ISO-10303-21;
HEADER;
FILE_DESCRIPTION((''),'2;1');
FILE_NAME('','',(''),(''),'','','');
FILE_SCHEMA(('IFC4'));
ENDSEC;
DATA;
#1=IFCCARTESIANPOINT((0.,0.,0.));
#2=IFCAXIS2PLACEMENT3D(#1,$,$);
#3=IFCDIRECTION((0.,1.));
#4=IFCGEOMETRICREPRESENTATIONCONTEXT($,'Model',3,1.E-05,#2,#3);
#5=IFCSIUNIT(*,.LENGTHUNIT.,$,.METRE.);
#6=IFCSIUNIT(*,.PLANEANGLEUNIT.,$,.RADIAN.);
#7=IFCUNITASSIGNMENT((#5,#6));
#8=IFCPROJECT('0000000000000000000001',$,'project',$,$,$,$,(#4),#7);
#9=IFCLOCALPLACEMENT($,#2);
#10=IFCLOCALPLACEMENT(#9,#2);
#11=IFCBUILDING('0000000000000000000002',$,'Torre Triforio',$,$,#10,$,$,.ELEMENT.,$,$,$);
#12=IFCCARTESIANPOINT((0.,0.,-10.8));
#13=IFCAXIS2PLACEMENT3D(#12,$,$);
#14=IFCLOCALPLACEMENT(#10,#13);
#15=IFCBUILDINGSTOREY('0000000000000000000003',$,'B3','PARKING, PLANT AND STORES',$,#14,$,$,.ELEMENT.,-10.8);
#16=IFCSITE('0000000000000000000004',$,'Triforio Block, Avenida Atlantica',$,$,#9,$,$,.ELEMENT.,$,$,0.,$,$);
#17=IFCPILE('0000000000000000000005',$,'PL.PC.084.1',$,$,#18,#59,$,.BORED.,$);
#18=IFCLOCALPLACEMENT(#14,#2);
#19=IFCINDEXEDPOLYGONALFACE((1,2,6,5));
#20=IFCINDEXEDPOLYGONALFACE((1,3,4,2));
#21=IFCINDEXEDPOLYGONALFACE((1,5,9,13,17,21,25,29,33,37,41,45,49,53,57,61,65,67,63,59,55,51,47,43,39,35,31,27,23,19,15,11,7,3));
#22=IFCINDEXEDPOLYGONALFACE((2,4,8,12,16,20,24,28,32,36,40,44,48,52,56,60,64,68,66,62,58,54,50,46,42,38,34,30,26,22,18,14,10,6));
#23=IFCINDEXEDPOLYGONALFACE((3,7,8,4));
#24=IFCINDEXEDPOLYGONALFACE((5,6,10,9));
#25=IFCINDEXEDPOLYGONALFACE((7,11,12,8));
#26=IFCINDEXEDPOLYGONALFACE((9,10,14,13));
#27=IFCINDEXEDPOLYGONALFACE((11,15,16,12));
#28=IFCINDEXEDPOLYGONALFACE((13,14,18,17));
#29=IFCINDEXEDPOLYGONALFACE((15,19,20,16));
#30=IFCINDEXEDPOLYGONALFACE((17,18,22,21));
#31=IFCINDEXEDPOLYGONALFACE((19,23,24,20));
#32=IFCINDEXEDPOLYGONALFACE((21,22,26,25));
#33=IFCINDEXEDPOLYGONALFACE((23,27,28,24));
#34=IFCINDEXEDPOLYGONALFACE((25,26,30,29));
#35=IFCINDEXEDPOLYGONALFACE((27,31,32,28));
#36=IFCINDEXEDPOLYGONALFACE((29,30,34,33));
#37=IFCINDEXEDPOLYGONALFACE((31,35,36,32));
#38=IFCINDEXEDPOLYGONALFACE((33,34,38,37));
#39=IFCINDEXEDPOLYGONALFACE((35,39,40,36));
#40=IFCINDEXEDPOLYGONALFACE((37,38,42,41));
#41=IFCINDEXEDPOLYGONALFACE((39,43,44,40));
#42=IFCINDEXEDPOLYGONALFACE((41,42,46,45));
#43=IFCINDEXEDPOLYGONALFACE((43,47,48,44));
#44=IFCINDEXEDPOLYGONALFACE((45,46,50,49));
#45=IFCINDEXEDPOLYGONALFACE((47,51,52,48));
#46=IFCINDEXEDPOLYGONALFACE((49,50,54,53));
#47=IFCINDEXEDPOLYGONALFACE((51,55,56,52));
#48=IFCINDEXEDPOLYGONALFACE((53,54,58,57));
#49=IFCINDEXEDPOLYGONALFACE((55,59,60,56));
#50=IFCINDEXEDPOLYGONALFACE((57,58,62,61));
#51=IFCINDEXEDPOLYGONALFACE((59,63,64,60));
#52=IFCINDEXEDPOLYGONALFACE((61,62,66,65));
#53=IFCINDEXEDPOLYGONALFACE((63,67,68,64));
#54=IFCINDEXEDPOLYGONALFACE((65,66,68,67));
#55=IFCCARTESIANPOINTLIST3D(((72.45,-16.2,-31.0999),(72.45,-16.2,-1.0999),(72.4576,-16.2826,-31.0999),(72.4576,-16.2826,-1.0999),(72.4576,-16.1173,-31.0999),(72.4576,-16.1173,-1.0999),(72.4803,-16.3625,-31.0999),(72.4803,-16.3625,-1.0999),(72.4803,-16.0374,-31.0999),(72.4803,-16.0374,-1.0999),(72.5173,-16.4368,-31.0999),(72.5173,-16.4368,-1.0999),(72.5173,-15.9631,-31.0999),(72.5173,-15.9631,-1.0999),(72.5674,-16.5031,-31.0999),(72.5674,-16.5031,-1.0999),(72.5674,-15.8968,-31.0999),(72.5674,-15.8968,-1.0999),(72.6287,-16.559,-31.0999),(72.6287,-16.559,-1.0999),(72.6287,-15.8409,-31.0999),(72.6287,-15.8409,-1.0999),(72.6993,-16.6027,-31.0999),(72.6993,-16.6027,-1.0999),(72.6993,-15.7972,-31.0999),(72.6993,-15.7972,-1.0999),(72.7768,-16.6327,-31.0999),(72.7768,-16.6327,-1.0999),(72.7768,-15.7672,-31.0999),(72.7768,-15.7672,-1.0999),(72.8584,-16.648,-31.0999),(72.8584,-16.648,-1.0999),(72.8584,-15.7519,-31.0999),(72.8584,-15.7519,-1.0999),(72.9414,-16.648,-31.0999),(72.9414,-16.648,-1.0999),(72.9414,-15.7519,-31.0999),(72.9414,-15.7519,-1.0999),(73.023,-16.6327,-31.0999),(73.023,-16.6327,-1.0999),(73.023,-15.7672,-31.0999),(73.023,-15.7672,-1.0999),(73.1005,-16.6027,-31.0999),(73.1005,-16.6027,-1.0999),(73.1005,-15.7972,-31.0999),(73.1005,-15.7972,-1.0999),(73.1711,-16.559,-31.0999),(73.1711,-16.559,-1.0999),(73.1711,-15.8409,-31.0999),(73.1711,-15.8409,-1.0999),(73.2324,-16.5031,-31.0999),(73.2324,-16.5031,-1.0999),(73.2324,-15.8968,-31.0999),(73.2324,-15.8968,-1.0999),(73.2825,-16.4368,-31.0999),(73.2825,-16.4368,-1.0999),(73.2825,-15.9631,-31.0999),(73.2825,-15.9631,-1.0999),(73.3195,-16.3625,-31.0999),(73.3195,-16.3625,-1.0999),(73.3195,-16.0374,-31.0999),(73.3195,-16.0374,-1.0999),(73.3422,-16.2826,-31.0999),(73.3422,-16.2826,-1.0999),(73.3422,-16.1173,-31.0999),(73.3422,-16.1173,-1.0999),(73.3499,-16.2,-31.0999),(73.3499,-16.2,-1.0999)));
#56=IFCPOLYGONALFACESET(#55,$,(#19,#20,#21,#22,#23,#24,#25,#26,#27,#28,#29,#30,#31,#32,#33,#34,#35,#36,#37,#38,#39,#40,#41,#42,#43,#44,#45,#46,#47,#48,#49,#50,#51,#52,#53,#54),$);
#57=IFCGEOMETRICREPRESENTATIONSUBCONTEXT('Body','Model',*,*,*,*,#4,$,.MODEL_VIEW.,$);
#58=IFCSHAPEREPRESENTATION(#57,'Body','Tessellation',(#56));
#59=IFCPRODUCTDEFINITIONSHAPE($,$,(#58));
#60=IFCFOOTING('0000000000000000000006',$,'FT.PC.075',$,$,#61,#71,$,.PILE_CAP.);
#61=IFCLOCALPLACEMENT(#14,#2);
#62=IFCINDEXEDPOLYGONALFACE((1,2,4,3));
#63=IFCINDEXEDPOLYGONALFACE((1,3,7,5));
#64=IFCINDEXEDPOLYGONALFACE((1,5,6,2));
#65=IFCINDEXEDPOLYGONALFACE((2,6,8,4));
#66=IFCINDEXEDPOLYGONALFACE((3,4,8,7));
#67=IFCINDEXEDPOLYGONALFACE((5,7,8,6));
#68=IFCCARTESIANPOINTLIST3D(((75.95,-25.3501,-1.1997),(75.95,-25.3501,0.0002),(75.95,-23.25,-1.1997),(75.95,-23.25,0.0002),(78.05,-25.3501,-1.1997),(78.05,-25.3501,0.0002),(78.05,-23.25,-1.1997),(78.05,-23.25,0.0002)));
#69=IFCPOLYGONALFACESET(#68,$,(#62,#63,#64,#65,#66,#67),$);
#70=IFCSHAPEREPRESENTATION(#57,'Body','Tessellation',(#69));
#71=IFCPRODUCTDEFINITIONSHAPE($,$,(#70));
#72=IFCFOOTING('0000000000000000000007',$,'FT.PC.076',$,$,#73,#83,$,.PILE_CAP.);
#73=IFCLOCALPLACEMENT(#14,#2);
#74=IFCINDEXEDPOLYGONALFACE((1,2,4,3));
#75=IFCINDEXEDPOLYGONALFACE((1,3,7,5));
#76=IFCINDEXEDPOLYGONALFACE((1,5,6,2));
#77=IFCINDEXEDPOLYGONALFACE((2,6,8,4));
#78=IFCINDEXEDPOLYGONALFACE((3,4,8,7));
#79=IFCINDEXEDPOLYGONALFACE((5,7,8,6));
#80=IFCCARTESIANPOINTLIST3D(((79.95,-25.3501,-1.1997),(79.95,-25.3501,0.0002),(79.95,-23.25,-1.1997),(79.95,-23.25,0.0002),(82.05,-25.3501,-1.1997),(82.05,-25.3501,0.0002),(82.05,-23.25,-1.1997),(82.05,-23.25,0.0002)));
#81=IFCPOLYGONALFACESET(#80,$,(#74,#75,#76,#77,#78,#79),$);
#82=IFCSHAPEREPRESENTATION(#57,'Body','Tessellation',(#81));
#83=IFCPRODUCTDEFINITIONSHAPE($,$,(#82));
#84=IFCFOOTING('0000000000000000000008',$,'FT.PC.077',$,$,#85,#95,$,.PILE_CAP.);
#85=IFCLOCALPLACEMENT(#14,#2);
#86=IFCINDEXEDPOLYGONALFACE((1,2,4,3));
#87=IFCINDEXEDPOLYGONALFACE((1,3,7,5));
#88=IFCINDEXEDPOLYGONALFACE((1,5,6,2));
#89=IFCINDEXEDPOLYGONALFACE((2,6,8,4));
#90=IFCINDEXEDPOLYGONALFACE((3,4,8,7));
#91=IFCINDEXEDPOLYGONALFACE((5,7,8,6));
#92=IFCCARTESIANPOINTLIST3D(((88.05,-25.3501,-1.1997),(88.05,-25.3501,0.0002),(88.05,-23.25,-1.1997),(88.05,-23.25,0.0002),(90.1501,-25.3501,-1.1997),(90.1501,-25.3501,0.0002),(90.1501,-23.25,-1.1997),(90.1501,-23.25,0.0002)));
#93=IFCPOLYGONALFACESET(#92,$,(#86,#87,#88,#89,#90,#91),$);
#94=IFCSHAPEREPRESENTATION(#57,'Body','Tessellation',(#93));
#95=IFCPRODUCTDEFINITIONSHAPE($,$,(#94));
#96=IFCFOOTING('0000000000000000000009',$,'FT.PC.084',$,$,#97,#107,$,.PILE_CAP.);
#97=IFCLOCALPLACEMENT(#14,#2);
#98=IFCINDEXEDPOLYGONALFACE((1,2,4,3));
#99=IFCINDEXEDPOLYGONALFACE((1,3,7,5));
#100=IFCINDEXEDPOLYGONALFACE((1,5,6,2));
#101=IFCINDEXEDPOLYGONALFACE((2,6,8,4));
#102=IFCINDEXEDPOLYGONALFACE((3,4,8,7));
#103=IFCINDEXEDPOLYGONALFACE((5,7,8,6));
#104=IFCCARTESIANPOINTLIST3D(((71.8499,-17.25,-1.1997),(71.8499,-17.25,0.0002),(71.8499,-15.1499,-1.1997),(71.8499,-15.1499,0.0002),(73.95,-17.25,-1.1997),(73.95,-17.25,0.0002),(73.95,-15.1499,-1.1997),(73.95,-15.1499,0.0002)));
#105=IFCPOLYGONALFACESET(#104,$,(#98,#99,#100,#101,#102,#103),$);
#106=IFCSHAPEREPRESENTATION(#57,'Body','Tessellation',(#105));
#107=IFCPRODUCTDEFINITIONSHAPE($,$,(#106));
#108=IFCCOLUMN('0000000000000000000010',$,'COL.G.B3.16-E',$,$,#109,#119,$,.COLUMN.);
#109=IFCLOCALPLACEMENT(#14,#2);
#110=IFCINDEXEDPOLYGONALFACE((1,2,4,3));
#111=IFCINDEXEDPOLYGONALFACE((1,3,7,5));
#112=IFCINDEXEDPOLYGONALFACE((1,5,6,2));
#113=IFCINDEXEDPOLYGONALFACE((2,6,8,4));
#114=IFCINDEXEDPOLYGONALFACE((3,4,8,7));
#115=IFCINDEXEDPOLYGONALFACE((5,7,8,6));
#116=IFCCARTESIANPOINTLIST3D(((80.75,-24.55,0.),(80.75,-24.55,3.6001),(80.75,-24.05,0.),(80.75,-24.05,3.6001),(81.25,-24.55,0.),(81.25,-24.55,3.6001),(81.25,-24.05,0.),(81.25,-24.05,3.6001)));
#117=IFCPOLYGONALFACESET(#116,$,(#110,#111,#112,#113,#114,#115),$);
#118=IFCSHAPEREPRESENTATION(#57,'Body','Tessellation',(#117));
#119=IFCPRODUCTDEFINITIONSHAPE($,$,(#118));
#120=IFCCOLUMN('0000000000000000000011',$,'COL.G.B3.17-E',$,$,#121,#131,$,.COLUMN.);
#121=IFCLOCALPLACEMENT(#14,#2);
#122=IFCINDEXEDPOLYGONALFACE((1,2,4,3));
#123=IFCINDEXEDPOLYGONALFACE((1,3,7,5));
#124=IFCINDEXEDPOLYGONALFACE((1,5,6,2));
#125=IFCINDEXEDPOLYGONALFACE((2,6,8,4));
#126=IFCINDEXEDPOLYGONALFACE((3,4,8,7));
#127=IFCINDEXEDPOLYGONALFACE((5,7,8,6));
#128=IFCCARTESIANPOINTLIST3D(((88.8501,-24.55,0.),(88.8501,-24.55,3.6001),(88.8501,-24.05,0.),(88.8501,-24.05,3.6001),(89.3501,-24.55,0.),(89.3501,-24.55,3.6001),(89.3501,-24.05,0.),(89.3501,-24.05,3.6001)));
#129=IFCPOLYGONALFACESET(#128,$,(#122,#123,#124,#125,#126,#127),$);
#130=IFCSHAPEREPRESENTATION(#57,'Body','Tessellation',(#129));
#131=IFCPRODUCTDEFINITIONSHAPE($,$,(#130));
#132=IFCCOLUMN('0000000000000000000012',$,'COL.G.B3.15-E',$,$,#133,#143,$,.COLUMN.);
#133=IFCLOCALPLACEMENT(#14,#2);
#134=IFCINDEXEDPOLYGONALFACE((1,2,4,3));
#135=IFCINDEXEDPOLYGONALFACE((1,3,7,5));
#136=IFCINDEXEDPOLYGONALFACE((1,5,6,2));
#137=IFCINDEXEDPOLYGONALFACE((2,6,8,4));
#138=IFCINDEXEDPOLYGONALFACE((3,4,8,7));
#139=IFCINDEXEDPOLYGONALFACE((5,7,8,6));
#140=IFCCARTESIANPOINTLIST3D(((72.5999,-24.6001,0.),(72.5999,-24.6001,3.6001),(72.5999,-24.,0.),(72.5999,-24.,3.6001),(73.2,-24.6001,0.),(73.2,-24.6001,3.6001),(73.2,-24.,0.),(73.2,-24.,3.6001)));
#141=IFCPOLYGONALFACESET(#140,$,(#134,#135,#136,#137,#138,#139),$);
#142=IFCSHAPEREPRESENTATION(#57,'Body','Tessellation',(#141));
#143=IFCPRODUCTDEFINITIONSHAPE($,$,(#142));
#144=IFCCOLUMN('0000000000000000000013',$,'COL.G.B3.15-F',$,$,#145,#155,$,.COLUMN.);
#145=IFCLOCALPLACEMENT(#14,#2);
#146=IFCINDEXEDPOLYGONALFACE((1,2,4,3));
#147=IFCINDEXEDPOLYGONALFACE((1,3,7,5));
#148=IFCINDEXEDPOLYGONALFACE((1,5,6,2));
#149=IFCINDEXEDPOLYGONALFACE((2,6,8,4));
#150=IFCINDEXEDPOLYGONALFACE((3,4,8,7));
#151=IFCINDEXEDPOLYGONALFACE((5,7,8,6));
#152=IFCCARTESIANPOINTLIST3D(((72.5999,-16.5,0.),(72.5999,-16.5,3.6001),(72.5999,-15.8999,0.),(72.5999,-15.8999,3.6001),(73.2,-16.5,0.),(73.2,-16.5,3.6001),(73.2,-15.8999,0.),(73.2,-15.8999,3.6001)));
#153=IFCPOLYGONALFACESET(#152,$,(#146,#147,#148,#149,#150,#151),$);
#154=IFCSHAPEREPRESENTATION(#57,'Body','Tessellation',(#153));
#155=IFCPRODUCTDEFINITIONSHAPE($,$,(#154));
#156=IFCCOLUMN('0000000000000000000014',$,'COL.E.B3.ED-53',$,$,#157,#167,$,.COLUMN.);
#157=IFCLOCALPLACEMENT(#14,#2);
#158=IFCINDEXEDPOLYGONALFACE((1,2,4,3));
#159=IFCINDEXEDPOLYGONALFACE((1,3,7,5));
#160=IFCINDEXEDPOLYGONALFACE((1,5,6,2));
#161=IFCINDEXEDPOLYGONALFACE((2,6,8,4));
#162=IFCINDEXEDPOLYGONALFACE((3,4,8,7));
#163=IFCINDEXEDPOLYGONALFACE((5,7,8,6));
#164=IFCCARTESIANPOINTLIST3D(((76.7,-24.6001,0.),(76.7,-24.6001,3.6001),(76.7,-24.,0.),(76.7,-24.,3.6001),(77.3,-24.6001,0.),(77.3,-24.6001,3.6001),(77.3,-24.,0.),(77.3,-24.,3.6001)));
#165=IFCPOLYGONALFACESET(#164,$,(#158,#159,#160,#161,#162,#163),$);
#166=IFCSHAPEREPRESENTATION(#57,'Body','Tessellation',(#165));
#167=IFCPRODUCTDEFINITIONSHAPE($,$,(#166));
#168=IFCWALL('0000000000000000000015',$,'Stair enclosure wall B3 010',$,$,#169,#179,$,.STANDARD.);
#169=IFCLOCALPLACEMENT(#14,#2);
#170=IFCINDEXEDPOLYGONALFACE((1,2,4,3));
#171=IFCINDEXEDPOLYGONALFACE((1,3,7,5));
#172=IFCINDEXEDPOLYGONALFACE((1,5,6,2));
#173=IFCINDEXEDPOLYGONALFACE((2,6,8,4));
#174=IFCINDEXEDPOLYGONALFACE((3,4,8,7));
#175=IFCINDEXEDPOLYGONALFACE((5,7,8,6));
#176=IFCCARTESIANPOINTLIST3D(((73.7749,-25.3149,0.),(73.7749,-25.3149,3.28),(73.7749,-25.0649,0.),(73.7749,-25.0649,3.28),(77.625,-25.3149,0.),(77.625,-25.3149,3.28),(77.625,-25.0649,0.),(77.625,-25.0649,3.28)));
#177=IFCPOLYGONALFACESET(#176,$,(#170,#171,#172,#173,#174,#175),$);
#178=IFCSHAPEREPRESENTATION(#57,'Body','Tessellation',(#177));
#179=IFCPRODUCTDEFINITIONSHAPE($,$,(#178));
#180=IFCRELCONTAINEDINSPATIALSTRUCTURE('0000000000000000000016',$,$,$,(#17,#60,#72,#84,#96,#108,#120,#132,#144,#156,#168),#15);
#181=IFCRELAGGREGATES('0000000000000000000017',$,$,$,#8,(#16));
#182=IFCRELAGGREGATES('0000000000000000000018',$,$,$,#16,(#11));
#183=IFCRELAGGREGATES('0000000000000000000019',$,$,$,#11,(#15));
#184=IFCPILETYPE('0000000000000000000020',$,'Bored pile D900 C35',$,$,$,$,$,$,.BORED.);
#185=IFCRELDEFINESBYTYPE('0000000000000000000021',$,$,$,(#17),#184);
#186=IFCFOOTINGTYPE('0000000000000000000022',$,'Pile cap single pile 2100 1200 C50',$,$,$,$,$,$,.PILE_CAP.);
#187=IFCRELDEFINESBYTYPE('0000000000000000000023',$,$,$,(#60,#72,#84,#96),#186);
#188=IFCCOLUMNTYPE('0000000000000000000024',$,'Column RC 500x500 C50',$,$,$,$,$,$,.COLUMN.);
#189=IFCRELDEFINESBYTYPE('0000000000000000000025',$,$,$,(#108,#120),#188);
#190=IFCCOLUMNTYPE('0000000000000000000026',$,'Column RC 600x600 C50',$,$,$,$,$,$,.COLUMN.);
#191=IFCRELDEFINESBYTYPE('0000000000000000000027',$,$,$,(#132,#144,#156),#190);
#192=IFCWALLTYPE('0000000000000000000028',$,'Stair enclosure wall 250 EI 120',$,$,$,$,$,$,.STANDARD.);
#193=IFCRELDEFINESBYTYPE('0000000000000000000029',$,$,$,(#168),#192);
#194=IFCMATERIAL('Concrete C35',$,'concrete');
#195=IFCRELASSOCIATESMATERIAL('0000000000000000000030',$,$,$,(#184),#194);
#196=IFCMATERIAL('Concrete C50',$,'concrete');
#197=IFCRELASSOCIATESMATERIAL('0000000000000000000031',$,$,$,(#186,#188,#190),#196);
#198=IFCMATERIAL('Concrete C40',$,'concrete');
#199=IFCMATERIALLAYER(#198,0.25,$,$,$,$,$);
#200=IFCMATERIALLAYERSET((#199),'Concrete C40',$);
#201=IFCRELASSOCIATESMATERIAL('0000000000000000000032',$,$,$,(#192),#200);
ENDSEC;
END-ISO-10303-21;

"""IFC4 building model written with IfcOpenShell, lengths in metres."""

from ifc_helpers import new_model, si_unit, direction, frame, frame_2d, origin, origin_2d, place, context, subcontext, project, spatial, rectangle, circle, extrude, material, layer, layer_set, material_profile, profile_set, type_object, element, save


model = new_model("IFC4")

# Units and contexts
model_context = context("Model", 3, precision=1e-05, world=origin(), true_north=direction((0.0, 1.0)))
body_context = subcontext(model_context, "Body", "Model", "MODEL_VIEW")
ifc_project = project(units=[si_unit("LENGTHUNIT", "METRE"), si_unit("PLANEANGLEUNIT", "RADIAN")], contexts=[model_context])

# Site, building, storey
site_placement = place(None, origin())
site = spatial("IfcSite", under=ifc_project, at=site_placement, Name="Triforio Block, Avenida Atlantica", CompositionType="ELEMENT", RefElevation=0.0)
building_placement = place(site_placement, origin())
building = spatial("IfcBuilding", under=site, at=building_placement, Name="Torre Triforio", CompositionType="ELEMENT")
storey_placement = place(building_placement, frame((0.0, 0.0, -10.8)))
storey = spatial("IfcBuildingStorey", under=building, at=storey_placement, Name="B3", Description="PARKING, PLANT AND STORES", CompositionType="ELEMENT", Elevation=-10.8)

# Pile
ifc_material_1 = material(Name="Concrete C35", Category="concrete")
ifc_material_profile_1 = material_profile(ifc_material_1, circle(Radius=0.45, at=origin_2d()), Name="RC D900")
ifc_profile_set_1 = profile_set([ifc_material_profile_1], Name="Concrete C35")
pile_type = type_object("IfcPileType", Name="Bored pile D900 C35", PredefinedType="BORED", material=ifc_profile_set_1)
for number, where, z_axis, x_axis, name in (
    (1, (72.8999, -16.2, -1.0999), (0.0, 0.0, -1.0), (1.0, 0.0, 0.0), "PL.PC.084.1"),
):
    element("IfcPile", number, at=place(storey_placement, frame(where, z_axis=z_axis, x_axis=x_axis)), inside=storey, type_object=pile_type, Name=name, PredefinedType="BORED", context=body_context, shape_type="SweptSolid", body=[
        extrude(circle(Radius=0.45, at=origin_2d()), origin(), (0.0, 0.0, 1.0), 30.0),
    ])

# Footings
ifc_material_2 = material(Name="Concrete C50", Category="concrete")
footing_type = type_object("IfcFootingType", Name="Pile cap single pile 2100 1200 C50", PredefinedType="PILE_CAP", material=ifc_material_2)
for number, where, z_axis, x_axis, name in (
    (2, (77.0, -24.3, -1.1997), (0.0, 0.0, 1.0), (1.0, 0.0, 0.0), "FT.PC.075"),
    (3, (81.0, -24.3, -1.1997), (0.0, 0.0, 1.0), (1.0, 0.0, 0.0), "FT.PC.076"),
    (4, (89.1001, -24.3, -1.1997), (0.0, 0.0, 1.0), (1.0, 0.0, 0.0), "FT.PC.077"),
    (5, (72.8999, -16.2, -1.1997), (0.0, 0.0, 1.0), (1.0, 0.0, 0.0), "FT.PC.084"),
):
    element("IfcFooting", number, at=place(storey_placement, frame(where, z_axis=z_axis, x_axis=x_axis)), inside=storey, type_object=footing_type, Name=name, PredefinedType="PILE_CAP", context=body_context, shape_type="SweptSolid", body=[
        extrude(rectangle(XDim=2.1001, YDim=2.1001, at=origin_2d()), origin(), (0.0, 0.0, 1.0), 1.2),
    ])

# Columns
ifc_material_profile_2 = material_profile(ifc_material_2, rectangle(XDim=0.5, YDim=0.5, at=origin_2d()), Name="RC 500x500")
ifc_profile_set_2 = profile_set([ifc_material_profile_2], Name="Concrete C50")
column_type_1 = type_object("IfcColumnType", Name="Column RC 500x500 C50", PredefinedType="COLUMN", material=ifc_profile_set_2)
for number, where, z_axis, x_axis, name in (
    (6, (81.0, -24.3, 0.0), (0.0, 0.0, 1.0), (1.0, 0.0, 0.0), "COL.G.B3.16-E"),
    (7, (89.1001, -24.3, 0.0), (0.0, 0.0, 1.0), (1.0, 0.0, 0.0), "COL.G.B3.17-E"),
):
    element("IfcColumn", number, at=place(storey_placement, frame(where, z_axis=z_axis, x_axis=x_axis)), inside=storey, type_object=column_type_1, Name=name, PredefinedType="COLUMN", context=body_context, shape_type="SweptSolid", body=[
        extrude(rectangle(XDim=0.5, YDim=0.5, at=origin_2d()), origin(), (0.0, 0.0, 1.0), 3.6001),
    ])
ifc_material_profile_3 = material_profile(ifc_material_2, rectangle(XDim=0.6001, YDim=0.6001, at=origin_2d()), Name="RC 600x600")
ifc_profile_set_3 = profile_set([ifc_material_profile_3], Name="Concrete C50")
column_type_2 = type_object("IfcColumnType", Name="Column RC 600x600 C50", PredefinedType="COLUMN", material=ifc_profile_set_3)
for number, where, z_axis, x_axis, name in (
    (8, (72.8999, -24.3, 0.0), (0.0, 0.0, 1.0), (1.0, 0.0, 0.0), "COL.G.B3.15-E"),
    (9, (72.8999, -16.2, 0.0), (0.0, 0.0, 1.0), (1.0, 0.0, 0.0), "COL.G.B3.15-F"),
    (10, (77.0, -24.3, 0.0), (0.0, 0.0, 1.0), (1.0, 0.0, 0.0), "COL.E.B3.ED-53"),
):
    element("IfcColumn", number, at=place(storey_placement, frame(where, z_axis=z_axis, x_axis=x_axis)), inside=storey, type_object=column_type_2, Name=name, PredefinedType="COLUMN", context=body_context, shape_type="SweptSolid", body=[
        extrude(rectangle(XDim=0.6001, YDim=0.6001, at=origin_2d()), origin(), (0.0, 0.0, 1.0), 3.6001),
    ])

# Wall
ifc_material_3 = material(Name="Concrete C40", Category="concrete")
ifc_layer = layer(ifc_material_3, 0.25)
ifc_layer_set = layer_set([ifc_layer], Name="Concrete C40")
wall_type = type_object("IfcWallType", Name="Stair enclosure wall 250 EI 120", PredefinedType="STANDARD", material=ifc_layer_set)
wall_placement = place(storey_placement, frame((73.7749, -25.1899, 0.0), z_axis=(0.0, 0.0, 1.0), x_axis=(1.0, 0.0, 0.0)))
element("IfcWall", 11, at=wall_placement, inside=storey, type_object=wall_type, Name="Stair enclosure wall B3 010", PredefinedType="STANDARD", context=body_context, shape_type="SweptSolid", body=[
    extrude(rectangle(XDim=3.8501, YDim=0.25, at=frame_2d((1.925, 0.0))), origin(), (0.0, 0.0, 1.0), 3.28),
])

save(model, "model.ifc")
